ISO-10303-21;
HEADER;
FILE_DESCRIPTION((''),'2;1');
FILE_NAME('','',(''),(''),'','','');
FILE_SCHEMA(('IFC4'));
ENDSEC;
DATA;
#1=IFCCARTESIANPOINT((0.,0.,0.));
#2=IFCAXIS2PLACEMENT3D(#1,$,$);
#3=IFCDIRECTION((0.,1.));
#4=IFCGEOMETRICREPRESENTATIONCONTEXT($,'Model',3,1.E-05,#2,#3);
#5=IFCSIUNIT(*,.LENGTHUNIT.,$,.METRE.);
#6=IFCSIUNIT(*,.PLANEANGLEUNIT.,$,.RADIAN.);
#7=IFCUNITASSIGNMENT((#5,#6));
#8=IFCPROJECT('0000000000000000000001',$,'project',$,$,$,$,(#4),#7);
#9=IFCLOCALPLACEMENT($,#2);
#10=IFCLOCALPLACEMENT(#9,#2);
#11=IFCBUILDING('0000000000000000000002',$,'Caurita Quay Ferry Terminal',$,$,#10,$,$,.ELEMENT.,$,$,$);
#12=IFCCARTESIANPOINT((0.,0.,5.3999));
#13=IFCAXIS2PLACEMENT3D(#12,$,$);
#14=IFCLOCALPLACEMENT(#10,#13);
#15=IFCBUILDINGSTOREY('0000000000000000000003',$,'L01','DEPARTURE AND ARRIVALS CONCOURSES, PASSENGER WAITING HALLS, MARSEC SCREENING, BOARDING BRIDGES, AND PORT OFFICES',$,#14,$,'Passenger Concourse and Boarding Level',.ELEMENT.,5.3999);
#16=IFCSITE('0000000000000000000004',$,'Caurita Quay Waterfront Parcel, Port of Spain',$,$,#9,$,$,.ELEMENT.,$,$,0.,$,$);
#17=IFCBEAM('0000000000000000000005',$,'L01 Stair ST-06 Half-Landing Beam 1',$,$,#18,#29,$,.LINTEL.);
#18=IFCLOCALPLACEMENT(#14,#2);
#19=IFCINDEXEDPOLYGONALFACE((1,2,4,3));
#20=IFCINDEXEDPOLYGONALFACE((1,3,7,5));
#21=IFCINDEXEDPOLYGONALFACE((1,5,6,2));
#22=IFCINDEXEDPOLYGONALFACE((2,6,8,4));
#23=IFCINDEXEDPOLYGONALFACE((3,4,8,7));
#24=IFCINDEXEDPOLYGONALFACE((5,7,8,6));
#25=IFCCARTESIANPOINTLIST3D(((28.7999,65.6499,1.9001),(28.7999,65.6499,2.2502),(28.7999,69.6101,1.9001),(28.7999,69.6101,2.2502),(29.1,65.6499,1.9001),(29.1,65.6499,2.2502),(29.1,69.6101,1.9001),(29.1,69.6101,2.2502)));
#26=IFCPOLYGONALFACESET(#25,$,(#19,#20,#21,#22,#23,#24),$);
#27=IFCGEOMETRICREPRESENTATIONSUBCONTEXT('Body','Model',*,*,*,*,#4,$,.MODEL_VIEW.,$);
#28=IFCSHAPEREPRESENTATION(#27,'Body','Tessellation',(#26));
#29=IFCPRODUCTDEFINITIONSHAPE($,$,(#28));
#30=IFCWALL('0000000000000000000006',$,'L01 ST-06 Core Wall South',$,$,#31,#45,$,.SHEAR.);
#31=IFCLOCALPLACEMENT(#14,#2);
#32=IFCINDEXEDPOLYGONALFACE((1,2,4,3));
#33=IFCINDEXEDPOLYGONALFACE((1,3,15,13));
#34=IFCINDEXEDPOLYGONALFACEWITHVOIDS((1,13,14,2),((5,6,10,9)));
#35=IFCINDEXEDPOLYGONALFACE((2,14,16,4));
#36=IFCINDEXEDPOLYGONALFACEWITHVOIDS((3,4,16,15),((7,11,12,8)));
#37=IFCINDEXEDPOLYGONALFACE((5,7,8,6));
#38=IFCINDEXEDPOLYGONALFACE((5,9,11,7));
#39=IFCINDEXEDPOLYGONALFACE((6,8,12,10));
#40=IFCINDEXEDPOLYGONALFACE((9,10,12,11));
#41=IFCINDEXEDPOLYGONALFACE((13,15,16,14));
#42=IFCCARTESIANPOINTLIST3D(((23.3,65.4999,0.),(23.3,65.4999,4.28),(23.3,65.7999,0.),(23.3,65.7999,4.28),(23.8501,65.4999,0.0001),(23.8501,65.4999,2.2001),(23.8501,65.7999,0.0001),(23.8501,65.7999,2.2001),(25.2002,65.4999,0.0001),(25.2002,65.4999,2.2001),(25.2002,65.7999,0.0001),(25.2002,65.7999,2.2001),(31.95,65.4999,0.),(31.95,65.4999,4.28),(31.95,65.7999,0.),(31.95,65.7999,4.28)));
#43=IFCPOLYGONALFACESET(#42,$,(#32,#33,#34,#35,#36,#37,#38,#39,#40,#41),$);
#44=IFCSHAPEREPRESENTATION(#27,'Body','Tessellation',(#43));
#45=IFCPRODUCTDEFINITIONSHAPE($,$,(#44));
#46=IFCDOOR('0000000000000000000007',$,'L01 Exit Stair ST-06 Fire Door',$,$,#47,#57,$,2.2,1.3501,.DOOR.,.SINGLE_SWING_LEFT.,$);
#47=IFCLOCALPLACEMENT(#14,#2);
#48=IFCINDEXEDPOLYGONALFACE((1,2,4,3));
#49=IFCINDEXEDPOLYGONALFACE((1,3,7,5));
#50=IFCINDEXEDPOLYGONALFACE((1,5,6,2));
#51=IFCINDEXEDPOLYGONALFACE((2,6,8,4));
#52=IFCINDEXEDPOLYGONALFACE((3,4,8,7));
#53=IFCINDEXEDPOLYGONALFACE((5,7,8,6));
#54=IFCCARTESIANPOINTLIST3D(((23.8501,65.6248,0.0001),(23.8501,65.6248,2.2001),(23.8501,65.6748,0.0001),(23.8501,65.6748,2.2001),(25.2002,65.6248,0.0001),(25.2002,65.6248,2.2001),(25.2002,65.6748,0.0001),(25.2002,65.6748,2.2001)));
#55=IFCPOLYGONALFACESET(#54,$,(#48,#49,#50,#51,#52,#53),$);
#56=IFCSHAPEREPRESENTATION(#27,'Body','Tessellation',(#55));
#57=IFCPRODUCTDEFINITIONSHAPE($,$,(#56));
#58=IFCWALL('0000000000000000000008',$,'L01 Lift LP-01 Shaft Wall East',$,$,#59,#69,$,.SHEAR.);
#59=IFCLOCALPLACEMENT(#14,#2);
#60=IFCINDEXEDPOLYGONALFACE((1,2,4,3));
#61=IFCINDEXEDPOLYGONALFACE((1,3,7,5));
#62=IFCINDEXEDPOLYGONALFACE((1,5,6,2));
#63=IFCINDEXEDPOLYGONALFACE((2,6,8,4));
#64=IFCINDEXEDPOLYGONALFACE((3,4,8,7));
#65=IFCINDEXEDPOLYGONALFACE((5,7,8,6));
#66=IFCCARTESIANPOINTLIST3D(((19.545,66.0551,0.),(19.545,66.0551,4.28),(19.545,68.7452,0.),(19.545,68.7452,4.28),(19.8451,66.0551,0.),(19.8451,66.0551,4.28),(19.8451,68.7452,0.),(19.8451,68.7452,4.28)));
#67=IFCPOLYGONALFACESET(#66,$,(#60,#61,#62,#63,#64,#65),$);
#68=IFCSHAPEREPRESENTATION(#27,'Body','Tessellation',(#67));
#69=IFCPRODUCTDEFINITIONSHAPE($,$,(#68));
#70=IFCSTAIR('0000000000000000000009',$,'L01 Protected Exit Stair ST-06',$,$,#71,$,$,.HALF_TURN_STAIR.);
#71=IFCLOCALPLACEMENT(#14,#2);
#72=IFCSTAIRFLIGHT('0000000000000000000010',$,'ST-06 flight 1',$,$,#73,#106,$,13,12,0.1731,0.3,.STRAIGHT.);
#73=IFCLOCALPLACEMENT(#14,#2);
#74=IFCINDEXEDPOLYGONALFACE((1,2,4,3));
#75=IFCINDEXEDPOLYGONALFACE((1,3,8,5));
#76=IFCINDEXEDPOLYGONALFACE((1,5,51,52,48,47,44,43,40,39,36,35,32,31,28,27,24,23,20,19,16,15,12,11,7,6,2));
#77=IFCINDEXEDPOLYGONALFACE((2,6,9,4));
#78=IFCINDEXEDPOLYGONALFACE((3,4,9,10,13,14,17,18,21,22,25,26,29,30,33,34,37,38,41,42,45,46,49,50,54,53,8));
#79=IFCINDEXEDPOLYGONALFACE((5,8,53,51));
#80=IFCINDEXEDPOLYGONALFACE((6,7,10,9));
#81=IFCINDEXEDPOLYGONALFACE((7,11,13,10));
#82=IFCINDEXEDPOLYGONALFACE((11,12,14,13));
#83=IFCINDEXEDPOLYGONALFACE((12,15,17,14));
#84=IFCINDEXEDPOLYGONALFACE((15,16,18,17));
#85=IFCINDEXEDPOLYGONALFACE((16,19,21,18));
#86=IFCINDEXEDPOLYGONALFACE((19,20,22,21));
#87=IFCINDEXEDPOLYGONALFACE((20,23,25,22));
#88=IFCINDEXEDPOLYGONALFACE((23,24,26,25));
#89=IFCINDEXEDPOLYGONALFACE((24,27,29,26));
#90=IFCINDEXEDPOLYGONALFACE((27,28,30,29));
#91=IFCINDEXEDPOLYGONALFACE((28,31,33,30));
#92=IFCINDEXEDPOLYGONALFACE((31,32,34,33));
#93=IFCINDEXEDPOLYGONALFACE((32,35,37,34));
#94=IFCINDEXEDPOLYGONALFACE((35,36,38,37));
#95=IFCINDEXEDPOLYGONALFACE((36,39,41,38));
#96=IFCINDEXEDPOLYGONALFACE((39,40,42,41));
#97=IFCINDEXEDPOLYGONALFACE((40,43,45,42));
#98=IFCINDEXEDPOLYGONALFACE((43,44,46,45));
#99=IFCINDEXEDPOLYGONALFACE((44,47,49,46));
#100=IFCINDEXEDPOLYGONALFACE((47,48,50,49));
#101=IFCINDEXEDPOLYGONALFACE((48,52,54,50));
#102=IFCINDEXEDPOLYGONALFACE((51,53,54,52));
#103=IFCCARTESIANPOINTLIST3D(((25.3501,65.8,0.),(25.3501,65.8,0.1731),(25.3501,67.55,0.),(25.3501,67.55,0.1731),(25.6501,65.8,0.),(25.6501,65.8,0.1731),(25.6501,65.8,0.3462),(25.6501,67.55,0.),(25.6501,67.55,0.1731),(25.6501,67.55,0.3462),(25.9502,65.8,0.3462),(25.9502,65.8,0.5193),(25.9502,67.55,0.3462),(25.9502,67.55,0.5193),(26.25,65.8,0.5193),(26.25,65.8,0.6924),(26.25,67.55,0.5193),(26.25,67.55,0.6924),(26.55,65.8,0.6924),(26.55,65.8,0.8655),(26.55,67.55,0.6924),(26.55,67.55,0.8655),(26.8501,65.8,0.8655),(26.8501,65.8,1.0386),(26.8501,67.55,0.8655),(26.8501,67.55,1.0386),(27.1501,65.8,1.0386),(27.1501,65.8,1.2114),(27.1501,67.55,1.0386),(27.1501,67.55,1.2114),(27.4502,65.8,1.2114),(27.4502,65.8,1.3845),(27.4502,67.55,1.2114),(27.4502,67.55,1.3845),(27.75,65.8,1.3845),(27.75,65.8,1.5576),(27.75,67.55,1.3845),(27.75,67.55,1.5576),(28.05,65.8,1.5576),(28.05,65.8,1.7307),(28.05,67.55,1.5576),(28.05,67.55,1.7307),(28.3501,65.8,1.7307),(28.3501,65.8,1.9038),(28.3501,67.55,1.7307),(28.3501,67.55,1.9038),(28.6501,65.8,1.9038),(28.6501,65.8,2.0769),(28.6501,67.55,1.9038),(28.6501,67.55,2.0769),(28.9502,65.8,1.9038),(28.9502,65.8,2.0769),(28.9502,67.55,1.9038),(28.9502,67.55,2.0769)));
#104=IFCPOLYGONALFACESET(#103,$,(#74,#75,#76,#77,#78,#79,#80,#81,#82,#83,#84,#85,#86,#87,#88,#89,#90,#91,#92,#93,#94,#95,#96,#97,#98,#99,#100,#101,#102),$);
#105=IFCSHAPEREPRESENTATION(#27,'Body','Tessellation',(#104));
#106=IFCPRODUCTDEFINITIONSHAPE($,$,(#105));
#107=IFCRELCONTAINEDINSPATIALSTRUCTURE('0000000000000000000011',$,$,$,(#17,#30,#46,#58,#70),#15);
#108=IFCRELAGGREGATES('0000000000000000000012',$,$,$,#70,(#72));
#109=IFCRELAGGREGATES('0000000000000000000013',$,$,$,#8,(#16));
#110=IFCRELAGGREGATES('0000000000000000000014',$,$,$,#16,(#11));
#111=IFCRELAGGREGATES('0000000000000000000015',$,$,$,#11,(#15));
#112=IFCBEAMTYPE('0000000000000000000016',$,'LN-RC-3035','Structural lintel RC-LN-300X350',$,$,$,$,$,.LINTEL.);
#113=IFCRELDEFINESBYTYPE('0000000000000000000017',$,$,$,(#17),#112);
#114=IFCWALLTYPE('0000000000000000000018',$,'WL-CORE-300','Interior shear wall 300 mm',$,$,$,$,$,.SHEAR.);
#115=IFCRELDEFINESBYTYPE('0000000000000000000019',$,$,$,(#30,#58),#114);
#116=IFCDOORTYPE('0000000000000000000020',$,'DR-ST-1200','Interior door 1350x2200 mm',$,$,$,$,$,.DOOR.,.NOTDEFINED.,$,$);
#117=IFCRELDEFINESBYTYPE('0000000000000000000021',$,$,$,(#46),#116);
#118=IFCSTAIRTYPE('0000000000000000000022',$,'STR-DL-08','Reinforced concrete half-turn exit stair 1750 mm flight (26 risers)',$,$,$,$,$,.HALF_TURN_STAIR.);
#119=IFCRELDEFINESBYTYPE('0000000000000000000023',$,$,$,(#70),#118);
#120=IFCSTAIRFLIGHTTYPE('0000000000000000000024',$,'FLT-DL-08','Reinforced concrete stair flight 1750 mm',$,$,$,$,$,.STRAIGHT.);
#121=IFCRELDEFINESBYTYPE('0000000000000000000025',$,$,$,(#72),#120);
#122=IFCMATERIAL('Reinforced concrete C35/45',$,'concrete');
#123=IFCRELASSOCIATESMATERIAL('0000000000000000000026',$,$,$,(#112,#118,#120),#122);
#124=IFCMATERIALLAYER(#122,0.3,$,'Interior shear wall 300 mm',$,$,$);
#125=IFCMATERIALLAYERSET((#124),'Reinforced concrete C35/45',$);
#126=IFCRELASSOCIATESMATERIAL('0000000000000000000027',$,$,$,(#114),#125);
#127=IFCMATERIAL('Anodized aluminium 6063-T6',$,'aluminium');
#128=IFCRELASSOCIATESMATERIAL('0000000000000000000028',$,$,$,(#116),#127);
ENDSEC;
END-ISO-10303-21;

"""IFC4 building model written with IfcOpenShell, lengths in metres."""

from ifc_helpers import new_model, si_unit, direction, frame, frame_2d, origin, origin_2d, place, context, subcontext, project, spatial, polyline, rectangle, outline, extrude, material, layer, layer_set, material_profile, profile_set, type_object, element, fill, aggregate, save


model = new_model("IFC4")

# Units and contexts
model_context = context("Model", 3, precision=1e-05, world=origin(), true_north=direction((0.0, 1.0)))
body_context = subcontext(model_context, "Body", "Model", "MODEL_VIEW")
ifc_project = project(units=[si_unit("LENGTHUNIT", "METRE"), si_unit("PLANEANGLEUNIT", "RADIAN")], contexts=[model_context])

# Site, building, storey
site_placement = place(None, origin())
site = spatial("IfcSite", under=ifc_project, at=site_placement, Name="Caurita Quay Waterfront Parcel, Port of Spain", CompositionType="ELEMENT", RefElevation=0.0)
building_placement = place(site_placement, origin())
building = spatial("IfcBuilding", under=site, at=building_placement, Name="Caurita Quay Ferry Terminal", CompositionType="ELEMENT")
storey_placement = place(building_placement, frame((0.0, 0.0, 5.3999)))
storey = spatial("IfcBuildingStorey", under=building, at=storey_placement, Name="L01", Description="DEPARTURE AND ARRIVALS CONCOURSES, PASSENGER WAITING HALLS, MARSEC SCREENING, BOARDING BRIDGES, AND PORT OFFICES", LongName="Passenger Concourse and Boarding Level", CompositionType="ELEMENT", Elevation=5.3999)

# Beam
ifc_material_1 = material(Name="Reinforced concrete C35/45", Category="concrete")
ifc_material_profile_1 = material_profile(ifc_material_1, rectangle(XDim=0.3, YDim=0.3501, at=origin_2d()), Name="RC-LN-300X350")
ifc_profile_set_1 = profile_set([ifc_material_profile_1], Name="Reinforced concrete C35/45")
beam_type_1 = type_object("IfcBeamType", Name="LN-RC-3035", Description="Structural lintel RC-LN-300X350", PredefinedType="LINTEL", material=ifc_profile_set_1)
beam_1_placement = place(storey_placement, frame((28.95, 65.6499, 2.0752), z_axis=(0.0, 1.0, 0.0), x_axis=(-1.0, 0.0, 0.0)))
element("IfcBeam", 1, at=beam_1_placement, inside=storey, type_object=beam_type_1, Name="L01 Stair ST-06 Half-Landing Beam 1", PredefinedType="LINTEL", context=body_context, shape_type="SweptSolid", body=[
    extrude(rectangle(XDim=0.3, YDim=0.3501, at=origin_2d()), origin(), (0.0, 0.0, 1.0), 3.9602),
])

# Wall, opening, door
ifc_layer = layer(ifc_material_1, 0.3, Name="Interior shear wall 300 mm")
ifc_layer_set = layer_set([ifc_layer], Name="Reinforced concrete C35/45")
wall_type = type_object("IfcWallType", Name="WL-CORE-300", Description="Interior shear wall 300 mm", PredefinedType="SHEAR", material=ifc_layer_set)
wall_1_placement = place(storey_placement, frame((23.3, 65.6499, 0.0), z_axis=(0.0, 0.0, 1.0), x_axis=(1.0, 0.0, 0.0)))
wall_1 = element("IfcWall", 2, at=wall_1_placement, inside=storey, type_object=wall_type, Name="L01 ST-06 Core Wall South", PredefinedType="SHEAR", context=body_context, shape_type="SweptSolid", body=[
    extrude(rectangle(XDim=8.6499, YDim=0.3, at=frame_2d((4.325, 0.0))), origin(), (0.0, 0.0, 1.0), 4.28),
])
opening_1_placement = place(wall_1_placement, frame((0.55, 0.0, 0.0)))
opening_1 = element("IfcOpeningElement", 3, at=opening_1_placement, cuts=wall_1, PredefinedType="OPENING", context=body_context, shape_type="SweptSolid", body=[
    extrude(rectangle(XDim=1.3501, YDim=2.2, at=frame_2d((0.675, 1.1001))), frame((0.0, 0.1599, 0.0), z_axis=(0.0, -1.0, 0.0), x_axis=(1.0, 0.0, 0.0)), (0.0, 0.0, 1.0), 0.3201),
])
ifc_material_2 = material(Name="Anodized aluminium 6063-T6", Category="aluminium")
door_type_1 = type_object("IfcDoorType", Name="DR-ST-1200", Description="Interior door 1350x2200 mm", OperationType="NOTDEFINED", PredefinedType="DOOR", material=ifc_material_2)
door_1_placement = place(opening_1_placement, origin())
door_1 = element("IfcDoor", 4, at=door_1_placement, inside=storey, type_object=door_type_1, Name="L01 Exit Stair ST-06 Fire Door", OperationType="SINGLE_SWING_LEFT", OverallHeight=2.2, OverallWidth=1.3501, PredefinedType="DOOR", context=body_context, shape_type="SweptSolid", body=[
    extrude(rectangle(XDim=1.3501, YDim=2.2, at=frame_2d((0.675, 1.1001))), frame((0.0, 0.0249, 0.0), z_axis=(0.0, -1.0, 0.0), x_axis=(1.0, 0.0, 0.0)), (0.0, 0.0, 1.0), 0.05),
])
fill(opening_1, door_1)

# Wall
wall_2_placement = place(storey_placement, frame((19.6951, 66.0549, 0.0), z_axis=(0.0, 0.0, 1.0), x_axis=(0.0, 1.0, 0.0)))
element("IfcWall", 5, at=wall_2_placement, inside=storey, type_object=wall_type, Name="L01 Lift LP-01 Shaft Wall East", PredefinedType="SHEAR", context=body_context, shape_type="SweptSolid", body=[
    extrude(rectangle(XDim=2.6902, YDim=0.3, at=frame_2d((1.3452, 0.0))), origin(), (0.0, 0.0, 1.0), 4.28),
])

# Stair, stair flight
stair_type = type_object("IfcStairType", Name="STR-DL-08", Description="Reinforced concrete half-turn exit stair 1750 mm flight (26 risers)", PredefinedType="HALF_TURN_STAIR", material=ifc_material_1)
stair_placement = place(storey_placement, origin())
stair = element("IfcStair", 6, at=stair_placement, inside=storey, type_object=stair_type, Name="L01 Protected Exit Stair ST-06", PredefinedType="HALF_TURN_STAIR")
stair_flight_type = type_object("IfcStairFlightType", Name="FLT-DL-08", Description="Reinforced concrete stair flight 1750 mm", PredefinedType="STRAIGHT", material=ifc_material_1)
stair_flight_placement = place(storey_placement, frame((25.3501, 66.675, 0.0), z_axis=(0.0, 0.0, 1.0), x_axis=(1.0, 0.0, 0.0)))
stair_flight = element("IfcStairFlight", 7, at=stair_flight_placement, type_object=stair_flight_type, Name="ST-06 flight 1", NumberOfRisers=13, NumberOfTreads=12, PredefinedType="STRAIGHT", RiserHeight=0.1731, TreadLength=0.3, context=body_context, shape_type="SweptSolid", body=[
    extrude(outline(polyline([(0.0, 0.0), (0.0, 0.1731), (0.3, 0.1731), (0.3, 0.3462), (0.6001, 0.3462), (0.6001, 0.5193), (0.8999, 0.5193), (0.8999, 0.6924), (1.2, 0.6924), (1.2, 0.8655), (1.5, 0.8655), (1.5, 1.0386), (1.8, 1.0386), (1.8, 1.2114), (2.1001, 1.2114), (2.1001, 1.3845), (2.3999, 1.3845), (2.3999, 1.5576), (2.7, 1.5576), (2.7, 1.7307), (3.0, 1.7307), (3.0, 1.9038), (3.3, 1.9038), (3.3, 2.0769), (3.6001, 2.0769), (3.6001, 2.25), (3.6001, 1.9038), (0.3, 0.0), (0.0, 0.0)])), frame((0.0, 0.875, 0.0), z_axis=(0.0, -1.0, 0.0), x_axis=(1.0, 0.0, 0.0)), (0.0, 0.0, 1.0), 1.75),
])
aggregate(stair, [stair_flight])

save(model, "model.ifc")
